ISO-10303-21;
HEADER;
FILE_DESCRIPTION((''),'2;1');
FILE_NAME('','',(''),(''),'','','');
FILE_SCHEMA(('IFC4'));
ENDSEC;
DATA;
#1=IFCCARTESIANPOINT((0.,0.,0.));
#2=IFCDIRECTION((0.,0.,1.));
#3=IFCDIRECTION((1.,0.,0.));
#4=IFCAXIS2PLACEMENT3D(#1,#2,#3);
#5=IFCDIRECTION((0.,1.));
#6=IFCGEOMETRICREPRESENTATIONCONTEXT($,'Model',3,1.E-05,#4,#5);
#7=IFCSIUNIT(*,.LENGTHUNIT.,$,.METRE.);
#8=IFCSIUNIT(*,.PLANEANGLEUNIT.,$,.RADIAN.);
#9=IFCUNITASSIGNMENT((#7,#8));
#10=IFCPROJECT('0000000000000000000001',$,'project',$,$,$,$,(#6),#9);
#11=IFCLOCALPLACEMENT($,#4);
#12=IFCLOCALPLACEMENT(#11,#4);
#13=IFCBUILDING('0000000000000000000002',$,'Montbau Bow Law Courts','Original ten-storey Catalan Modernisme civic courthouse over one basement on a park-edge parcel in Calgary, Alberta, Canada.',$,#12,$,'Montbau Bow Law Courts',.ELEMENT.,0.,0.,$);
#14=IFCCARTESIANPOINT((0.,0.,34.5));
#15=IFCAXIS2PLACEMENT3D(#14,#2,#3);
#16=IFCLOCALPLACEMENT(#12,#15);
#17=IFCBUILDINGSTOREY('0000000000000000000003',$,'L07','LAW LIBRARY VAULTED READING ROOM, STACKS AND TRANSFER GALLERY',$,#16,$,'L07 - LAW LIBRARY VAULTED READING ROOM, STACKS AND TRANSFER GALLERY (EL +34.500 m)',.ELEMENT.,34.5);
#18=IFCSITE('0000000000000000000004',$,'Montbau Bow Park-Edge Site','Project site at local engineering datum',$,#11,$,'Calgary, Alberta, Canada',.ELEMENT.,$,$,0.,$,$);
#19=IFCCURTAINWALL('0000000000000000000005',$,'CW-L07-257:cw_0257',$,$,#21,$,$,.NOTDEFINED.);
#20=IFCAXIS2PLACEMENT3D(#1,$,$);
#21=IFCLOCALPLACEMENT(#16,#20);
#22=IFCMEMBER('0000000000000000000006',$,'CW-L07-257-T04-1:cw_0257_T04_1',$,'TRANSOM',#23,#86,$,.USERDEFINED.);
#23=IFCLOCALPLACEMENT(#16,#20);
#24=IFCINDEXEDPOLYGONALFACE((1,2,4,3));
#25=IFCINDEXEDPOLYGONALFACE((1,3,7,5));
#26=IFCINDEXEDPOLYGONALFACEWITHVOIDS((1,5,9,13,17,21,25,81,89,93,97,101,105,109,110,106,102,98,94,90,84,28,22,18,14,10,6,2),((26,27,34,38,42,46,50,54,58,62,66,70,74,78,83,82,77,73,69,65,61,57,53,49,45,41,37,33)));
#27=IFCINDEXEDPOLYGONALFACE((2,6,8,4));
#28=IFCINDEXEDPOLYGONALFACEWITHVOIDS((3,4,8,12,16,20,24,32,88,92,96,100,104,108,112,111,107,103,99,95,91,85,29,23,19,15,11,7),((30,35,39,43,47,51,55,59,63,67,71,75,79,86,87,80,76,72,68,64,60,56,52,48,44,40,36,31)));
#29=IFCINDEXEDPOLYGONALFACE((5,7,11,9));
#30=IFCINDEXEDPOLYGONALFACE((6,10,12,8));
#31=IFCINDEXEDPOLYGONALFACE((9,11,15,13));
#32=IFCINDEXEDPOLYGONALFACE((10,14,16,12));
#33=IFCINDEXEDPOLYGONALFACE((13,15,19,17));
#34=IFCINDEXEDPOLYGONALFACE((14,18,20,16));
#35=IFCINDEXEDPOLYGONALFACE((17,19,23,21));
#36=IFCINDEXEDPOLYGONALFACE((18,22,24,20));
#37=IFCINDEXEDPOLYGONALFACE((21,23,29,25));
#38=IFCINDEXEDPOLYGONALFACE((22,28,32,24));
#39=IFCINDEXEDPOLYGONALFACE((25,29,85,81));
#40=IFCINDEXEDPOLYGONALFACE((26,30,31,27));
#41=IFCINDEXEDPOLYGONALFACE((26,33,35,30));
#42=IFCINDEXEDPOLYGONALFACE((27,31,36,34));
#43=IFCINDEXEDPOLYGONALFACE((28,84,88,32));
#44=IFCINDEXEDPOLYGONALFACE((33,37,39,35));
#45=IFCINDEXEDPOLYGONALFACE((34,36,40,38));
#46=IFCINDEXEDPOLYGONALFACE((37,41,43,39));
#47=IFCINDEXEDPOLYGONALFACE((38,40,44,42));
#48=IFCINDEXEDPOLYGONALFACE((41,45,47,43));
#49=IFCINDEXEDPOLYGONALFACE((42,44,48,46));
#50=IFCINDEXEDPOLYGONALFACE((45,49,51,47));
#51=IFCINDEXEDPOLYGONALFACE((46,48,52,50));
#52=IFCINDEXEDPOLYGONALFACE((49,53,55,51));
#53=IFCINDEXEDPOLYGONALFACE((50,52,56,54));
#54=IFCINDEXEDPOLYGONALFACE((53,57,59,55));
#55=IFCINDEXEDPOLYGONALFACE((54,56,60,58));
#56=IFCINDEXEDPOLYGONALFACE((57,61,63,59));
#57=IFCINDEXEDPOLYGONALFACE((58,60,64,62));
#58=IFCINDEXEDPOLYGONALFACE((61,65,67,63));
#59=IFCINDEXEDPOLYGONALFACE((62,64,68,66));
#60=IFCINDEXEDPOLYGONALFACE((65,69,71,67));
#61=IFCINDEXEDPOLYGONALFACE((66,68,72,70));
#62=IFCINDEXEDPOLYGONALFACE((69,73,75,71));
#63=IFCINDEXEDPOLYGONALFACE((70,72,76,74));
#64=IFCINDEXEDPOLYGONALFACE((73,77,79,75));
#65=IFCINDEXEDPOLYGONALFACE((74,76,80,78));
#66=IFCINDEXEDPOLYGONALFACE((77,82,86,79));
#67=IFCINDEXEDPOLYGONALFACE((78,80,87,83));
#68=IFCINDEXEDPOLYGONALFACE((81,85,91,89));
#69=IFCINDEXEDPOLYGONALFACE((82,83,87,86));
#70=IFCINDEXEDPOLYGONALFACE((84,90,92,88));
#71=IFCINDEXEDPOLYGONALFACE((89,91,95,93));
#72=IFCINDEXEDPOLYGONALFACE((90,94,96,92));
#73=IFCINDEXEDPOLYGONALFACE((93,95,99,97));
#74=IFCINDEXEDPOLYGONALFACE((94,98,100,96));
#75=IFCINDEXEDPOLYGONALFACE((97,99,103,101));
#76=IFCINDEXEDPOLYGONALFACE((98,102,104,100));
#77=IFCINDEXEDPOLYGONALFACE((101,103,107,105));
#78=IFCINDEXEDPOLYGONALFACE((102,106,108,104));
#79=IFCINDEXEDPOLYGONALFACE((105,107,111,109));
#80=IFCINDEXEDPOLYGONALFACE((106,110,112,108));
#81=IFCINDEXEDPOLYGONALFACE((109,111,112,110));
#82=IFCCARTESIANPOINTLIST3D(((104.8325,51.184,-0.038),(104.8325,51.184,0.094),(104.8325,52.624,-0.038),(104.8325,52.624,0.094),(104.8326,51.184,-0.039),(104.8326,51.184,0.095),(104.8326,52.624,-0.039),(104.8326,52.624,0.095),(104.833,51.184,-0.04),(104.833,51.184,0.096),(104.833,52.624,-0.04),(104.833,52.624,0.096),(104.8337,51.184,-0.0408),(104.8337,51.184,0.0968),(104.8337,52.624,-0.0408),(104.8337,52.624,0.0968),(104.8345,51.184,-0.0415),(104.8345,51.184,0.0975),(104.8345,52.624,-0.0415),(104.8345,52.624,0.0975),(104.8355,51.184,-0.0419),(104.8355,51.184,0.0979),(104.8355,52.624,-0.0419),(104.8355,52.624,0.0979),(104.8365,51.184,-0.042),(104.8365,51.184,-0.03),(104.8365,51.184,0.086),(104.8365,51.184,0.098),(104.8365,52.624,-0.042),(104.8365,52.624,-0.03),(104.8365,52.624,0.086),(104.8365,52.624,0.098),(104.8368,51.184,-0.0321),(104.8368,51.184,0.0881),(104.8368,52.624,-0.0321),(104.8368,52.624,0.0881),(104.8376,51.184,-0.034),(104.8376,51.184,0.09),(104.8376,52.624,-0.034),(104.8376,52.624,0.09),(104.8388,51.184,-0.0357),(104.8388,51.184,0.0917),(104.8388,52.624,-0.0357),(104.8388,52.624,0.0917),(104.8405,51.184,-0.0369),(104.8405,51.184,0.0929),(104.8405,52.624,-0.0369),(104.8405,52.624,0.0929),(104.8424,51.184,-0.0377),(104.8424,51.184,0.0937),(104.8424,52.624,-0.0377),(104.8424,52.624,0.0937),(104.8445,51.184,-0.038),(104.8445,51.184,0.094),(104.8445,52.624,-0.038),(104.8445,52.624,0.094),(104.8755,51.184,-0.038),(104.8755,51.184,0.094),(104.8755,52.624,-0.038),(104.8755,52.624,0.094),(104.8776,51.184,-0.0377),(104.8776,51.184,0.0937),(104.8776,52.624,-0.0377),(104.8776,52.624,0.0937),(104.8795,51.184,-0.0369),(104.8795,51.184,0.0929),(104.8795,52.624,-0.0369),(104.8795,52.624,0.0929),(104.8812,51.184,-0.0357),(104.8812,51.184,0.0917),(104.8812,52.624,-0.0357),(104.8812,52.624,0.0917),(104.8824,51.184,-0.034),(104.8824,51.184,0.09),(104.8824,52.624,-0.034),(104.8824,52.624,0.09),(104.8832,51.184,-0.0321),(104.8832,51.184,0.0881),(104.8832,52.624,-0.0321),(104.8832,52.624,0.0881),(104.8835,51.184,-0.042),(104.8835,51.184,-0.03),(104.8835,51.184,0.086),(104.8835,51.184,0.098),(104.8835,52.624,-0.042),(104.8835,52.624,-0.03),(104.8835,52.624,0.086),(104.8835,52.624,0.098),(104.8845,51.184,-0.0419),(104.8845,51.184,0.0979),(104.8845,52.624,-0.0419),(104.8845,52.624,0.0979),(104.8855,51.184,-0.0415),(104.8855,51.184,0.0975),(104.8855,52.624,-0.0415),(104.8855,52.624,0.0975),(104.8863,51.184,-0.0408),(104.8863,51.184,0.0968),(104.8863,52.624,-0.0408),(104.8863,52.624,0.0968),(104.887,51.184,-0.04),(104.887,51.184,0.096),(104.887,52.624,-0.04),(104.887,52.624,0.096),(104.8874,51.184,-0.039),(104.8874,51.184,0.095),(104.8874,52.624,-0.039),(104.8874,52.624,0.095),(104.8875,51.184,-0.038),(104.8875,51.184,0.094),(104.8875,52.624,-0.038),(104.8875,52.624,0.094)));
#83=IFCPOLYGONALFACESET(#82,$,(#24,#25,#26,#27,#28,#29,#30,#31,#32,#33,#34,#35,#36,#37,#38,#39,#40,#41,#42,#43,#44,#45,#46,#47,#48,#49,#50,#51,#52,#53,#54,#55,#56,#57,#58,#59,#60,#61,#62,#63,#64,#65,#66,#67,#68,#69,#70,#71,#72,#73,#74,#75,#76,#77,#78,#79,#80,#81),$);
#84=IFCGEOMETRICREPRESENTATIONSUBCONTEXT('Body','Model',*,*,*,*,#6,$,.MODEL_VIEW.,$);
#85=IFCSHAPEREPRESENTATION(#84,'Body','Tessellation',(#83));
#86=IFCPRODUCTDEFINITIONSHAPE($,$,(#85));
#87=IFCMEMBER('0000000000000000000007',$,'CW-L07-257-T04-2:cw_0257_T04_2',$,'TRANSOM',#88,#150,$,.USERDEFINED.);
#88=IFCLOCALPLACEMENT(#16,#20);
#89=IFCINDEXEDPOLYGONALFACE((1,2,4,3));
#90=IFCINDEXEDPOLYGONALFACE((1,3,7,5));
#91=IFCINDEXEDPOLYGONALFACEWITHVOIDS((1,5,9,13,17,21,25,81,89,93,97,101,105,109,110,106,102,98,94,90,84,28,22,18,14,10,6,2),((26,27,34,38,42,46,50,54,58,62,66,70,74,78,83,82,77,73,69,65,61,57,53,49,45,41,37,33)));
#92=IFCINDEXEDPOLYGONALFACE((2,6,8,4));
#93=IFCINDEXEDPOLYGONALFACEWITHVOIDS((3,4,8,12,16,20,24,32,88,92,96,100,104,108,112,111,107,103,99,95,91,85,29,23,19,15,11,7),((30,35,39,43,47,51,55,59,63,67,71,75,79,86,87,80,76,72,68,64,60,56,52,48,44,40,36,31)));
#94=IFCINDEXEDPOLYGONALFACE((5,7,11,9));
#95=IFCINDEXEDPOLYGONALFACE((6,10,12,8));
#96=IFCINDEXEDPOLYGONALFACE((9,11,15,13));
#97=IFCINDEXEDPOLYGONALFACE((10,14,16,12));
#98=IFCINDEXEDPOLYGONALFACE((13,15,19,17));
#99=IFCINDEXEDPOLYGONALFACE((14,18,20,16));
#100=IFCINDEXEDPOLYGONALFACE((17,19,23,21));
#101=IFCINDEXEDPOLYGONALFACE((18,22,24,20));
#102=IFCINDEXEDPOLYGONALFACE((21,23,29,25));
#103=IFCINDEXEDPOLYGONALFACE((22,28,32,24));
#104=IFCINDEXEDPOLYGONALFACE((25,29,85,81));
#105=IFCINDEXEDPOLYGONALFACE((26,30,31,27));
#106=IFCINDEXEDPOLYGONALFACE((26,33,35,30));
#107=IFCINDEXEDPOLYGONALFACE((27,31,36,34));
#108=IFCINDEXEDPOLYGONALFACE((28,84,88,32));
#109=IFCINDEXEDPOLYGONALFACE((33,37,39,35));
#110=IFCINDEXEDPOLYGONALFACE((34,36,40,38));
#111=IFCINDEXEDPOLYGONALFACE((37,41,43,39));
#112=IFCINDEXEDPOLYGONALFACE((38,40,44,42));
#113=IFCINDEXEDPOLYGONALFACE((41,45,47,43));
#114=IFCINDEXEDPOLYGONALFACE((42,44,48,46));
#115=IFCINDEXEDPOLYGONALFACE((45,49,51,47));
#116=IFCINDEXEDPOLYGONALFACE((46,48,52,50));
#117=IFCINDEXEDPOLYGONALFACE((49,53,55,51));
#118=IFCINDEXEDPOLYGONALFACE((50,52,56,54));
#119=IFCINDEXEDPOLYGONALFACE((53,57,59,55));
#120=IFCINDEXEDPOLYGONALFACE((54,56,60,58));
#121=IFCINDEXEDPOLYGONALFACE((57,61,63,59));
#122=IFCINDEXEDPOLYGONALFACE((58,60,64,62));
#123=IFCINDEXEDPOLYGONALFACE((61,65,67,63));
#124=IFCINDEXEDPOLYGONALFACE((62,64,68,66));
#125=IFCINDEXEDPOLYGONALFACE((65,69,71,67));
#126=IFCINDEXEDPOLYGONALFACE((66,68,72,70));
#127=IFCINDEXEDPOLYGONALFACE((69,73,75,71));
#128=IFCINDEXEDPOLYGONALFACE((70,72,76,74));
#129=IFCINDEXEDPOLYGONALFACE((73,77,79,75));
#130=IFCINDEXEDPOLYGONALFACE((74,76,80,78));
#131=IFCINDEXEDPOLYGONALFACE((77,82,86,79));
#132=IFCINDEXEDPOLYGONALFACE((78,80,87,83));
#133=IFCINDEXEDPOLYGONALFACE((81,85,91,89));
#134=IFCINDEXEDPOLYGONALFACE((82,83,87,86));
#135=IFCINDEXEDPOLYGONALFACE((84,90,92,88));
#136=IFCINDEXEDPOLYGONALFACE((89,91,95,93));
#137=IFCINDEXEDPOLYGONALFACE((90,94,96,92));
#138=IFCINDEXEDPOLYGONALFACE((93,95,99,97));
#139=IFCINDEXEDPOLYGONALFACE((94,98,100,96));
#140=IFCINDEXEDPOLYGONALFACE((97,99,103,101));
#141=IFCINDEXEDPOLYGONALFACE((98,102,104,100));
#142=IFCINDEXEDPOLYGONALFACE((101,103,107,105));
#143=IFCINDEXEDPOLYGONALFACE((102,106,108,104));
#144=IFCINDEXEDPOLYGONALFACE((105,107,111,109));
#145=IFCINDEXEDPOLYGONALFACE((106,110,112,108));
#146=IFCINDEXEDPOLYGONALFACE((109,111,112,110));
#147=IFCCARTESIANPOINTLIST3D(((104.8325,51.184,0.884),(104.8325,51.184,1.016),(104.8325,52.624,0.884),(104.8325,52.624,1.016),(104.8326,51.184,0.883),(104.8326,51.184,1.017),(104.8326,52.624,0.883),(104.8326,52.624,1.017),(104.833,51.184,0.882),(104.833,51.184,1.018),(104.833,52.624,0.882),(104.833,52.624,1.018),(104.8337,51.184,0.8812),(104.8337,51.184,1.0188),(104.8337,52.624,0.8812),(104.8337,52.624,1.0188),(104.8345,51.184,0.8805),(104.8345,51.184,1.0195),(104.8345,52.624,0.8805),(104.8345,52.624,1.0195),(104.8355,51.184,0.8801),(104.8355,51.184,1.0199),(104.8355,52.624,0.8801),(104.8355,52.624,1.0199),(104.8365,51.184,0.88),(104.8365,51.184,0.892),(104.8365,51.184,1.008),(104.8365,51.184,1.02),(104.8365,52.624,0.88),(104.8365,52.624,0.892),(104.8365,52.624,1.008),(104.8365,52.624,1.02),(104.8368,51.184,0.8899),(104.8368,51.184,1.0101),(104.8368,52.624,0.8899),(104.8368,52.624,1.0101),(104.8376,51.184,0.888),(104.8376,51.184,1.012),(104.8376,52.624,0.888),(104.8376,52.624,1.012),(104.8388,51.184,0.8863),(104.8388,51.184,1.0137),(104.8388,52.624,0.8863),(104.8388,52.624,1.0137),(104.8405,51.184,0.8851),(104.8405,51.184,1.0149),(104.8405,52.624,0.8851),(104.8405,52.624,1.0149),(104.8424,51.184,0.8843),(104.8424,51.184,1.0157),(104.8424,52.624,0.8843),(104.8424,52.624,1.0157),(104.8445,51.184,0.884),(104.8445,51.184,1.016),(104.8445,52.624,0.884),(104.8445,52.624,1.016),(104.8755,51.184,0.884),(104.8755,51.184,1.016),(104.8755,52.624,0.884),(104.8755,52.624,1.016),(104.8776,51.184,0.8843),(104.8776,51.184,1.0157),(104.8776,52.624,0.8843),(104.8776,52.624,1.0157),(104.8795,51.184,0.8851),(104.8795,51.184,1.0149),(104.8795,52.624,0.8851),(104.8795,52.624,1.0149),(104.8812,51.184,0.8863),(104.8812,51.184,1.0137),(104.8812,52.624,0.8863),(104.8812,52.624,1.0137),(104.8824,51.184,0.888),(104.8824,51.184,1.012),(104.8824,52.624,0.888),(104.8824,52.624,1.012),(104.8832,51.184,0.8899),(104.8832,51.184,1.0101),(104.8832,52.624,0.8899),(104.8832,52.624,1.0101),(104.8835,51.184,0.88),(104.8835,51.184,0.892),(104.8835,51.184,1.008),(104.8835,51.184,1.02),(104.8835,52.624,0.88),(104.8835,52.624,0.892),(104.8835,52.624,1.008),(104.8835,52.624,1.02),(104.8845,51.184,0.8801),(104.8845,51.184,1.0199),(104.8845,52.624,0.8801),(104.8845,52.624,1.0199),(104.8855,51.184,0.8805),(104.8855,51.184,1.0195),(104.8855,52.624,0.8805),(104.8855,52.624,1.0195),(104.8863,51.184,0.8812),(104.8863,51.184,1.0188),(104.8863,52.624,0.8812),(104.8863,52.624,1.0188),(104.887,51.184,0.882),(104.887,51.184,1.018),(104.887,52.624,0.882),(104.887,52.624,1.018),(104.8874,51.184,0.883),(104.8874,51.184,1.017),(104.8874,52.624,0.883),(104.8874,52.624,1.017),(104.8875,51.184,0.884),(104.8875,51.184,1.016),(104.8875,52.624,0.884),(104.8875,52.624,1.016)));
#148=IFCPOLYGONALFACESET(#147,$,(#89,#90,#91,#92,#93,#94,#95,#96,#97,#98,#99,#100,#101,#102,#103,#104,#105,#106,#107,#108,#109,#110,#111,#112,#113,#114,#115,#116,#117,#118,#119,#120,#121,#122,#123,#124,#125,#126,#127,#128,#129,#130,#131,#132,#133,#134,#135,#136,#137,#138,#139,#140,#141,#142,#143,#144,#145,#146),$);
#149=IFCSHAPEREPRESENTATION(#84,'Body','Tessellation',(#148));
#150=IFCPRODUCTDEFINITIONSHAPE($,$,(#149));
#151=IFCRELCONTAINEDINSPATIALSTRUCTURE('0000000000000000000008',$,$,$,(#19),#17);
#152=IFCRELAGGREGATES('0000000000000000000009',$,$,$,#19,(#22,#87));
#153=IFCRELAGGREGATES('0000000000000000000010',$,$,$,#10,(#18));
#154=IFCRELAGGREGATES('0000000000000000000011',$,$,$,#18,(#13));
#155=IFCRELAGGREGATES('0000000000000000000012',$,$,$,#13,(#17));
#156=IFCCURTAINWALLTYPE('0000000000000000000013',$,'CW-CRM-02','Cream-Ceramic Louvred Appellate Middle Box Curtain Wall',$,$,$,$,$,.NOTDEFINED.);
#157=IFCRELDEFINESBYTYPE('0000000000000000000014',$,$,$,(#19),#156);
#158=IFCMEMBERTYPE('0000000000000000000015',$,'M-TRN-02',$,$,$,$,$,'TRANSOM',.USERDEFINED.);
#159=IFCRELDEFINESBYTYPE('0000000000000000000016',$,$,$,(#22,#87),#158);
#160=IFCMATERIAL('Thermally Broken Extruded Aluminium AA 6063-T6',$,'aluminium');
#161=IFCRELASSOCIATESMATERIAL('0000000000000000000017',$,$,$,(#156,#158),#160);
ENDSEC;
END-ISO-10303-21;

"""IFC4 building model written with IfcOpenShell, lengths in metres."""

from ifc_helpers import new_model, si_unit, direction, frame, origin_with_axes, origin_2d_with_axis, place, context, subcontext, project, spatial, hollow_rectangle, extrude, material, material_profile, profile_set, type_object, element, aggregate, save


model = new_model("IFC4")

# Units and contexts
model_context = context("Model", 3, precision=1e-05, world=origin_with_axes(), true_north=direction((0.0, 1.0)))
body_context = subcontext(model_context, "Body", "Model", "MODEL_VIEW")
ifc_project = project(units=[si_unit("LENGTHUNIT", "METRE"), si_unit("PLANEANGLEUNIT", "RADIAN")], contexts=[model_context])

# Site, building, storey
site_placement = place(None, origin_with_axes())
site = spatial("IfcSite", under=ifc_project, at=site_placement, Name="Montbau Bow Park-Edge Site", Description="Project site at local engineering datum", LongName="Calgary, Alberta, Canada", CompositionType="ELEMENT", RefElevation=0.0)
building_placement = place(site_placement, origin_with_axes())
building = spatial("IfcBuilding", under=site, at=building_placement, Name="Montbau Bow Law Courts", Description="Original ten-storey Catalan Modernisme civic courthouse over one basement on a park-edge parcel in Calgary, Alberta, Canada.", LongName="Montbau Bow Law Courts", CompositionType="ELEMENT", ElevationOfRefHeight=0.0, ElevationOfTerrain=0.0)
storey_placement = place(building_placement, frame((0.0, 0.0, 34.5), z_axis=(0.0, 0.0, 1.0), x_axis=(1.0, 0.0, 0.0)))
storey = spatial("IfcBuildingStorey", under=building, at=storey_placement, Name="L07", Description="LAW LIBRARY VAULTED READING ROOM, STACKS AND TRANSFER GALLERY", LongName="L07 - LAW LIBRARY VAULTED READING ROOM, STACKS AND TRANSFER GALLERY (EL +34.500 m)", CompositionType="ELEMENT", Elevation=34.5)

# Curtain wall
ifc_material_1 = material(Name="Thermally Broken Extruded Aluminium AA 6063-T6", Category="aluminium")
curtain_wall_type = type_object("IfcCurtainWallType", Name="CW-CRM-02", Description="Cream-Ceramic Louvred Appellate Middle Box Curtain Wall", PredefinedType="NOTDEFINED", material=ifc_material_1)
curtain_wall_1_placement = place(None, frame((104.86, 46.64, 34.5), z_axis=(0.0, 0.0, 1.0), x_axis=(1.0, 0.0, 0.0)))
curtain_wall_1 = element("IfcCurtainWall", 1, at=curtain_wall_1_placement, inside=storey, type_object=curtain_wall_type, Name="CW-L07-257:cw_0257", PredefinedType="NOTDEFINED")

# Members
ifc_material_profile_1 = material_profile(ifc_material_1, hollow_rectangle(XDim=0.055, YDim=0.14, WallThickness=0.004, InnerFilletRadius=0.008, OuterFilletRadius=0.004, at=origin_2d_with_axis()), Name="CWT-140X55", Category="Main", Priority=0)
ifc_profile_set_1 = profile_set([ifc_material_profile_1], Name="Thermally Broken Extruded Aluminium AA 6063-T6")
member_type_1 = type_object("IfcMemberType", Name="M-TRN-02", ElementType="TRANSOM", PredefinedType="USERDEFINED", material=ifc_profile_set_1)
member_1_placement = place(None, frame((104.86, 51.184, 34.528), z_axis=(0.0, 1.0, 0.0), x_axis=(-1.0, 0.0, 0.0)))
member_1 = element("IfcMember", 2, at=member_1_placement, type_object=member_type_1, Name="CW-L07-257-T04-1:cw_0257_T04_1", ObjectType="TRANSOM", PredefinedType="USERDEFINED", context=body_context, shape_type="SweptSolid", body=[
    extrude(hollow_rectangle(XDim=0.055, YDim=0.14, WallThickness=0.004, InnerFilletRadius=0.008, OuterFilletRadius=0.004, at=origin_2d_with_axis()), origin_with_axes(), (0.0, 0.0, 1.0), 1.44),
])
member_2_placement = place(None, frame((104.86, 51.184, 35.45), z_axis=(0.0, 1.0, 0.0), x_axis=(-1.0, 0.0, 0.0)))
member_2 = element("IfcMember", 3, at=member_2_placement, type_object=member_type_1, Name="CW-L07-257-T04-2:cw_0257_T04_2", ObjectType="TRANSOM", PredefinedType="USERDEFINED", context=body_context, shape_type="SweptSolid", body=[
    extrude(hollow_rectangle(XDim=0.055, YDim=0.14, WallThickness=0.004, InnerFilletRadius=0.008, OuterFilletRadius=0.004, at=origin_2d_with_axis()), origin_with_axes(), (0.0, 0.0, 1.0), 1.44),
])

aggregate(curtain_wall_1, [member_1, member_2])

save(model, "model.ifc")
